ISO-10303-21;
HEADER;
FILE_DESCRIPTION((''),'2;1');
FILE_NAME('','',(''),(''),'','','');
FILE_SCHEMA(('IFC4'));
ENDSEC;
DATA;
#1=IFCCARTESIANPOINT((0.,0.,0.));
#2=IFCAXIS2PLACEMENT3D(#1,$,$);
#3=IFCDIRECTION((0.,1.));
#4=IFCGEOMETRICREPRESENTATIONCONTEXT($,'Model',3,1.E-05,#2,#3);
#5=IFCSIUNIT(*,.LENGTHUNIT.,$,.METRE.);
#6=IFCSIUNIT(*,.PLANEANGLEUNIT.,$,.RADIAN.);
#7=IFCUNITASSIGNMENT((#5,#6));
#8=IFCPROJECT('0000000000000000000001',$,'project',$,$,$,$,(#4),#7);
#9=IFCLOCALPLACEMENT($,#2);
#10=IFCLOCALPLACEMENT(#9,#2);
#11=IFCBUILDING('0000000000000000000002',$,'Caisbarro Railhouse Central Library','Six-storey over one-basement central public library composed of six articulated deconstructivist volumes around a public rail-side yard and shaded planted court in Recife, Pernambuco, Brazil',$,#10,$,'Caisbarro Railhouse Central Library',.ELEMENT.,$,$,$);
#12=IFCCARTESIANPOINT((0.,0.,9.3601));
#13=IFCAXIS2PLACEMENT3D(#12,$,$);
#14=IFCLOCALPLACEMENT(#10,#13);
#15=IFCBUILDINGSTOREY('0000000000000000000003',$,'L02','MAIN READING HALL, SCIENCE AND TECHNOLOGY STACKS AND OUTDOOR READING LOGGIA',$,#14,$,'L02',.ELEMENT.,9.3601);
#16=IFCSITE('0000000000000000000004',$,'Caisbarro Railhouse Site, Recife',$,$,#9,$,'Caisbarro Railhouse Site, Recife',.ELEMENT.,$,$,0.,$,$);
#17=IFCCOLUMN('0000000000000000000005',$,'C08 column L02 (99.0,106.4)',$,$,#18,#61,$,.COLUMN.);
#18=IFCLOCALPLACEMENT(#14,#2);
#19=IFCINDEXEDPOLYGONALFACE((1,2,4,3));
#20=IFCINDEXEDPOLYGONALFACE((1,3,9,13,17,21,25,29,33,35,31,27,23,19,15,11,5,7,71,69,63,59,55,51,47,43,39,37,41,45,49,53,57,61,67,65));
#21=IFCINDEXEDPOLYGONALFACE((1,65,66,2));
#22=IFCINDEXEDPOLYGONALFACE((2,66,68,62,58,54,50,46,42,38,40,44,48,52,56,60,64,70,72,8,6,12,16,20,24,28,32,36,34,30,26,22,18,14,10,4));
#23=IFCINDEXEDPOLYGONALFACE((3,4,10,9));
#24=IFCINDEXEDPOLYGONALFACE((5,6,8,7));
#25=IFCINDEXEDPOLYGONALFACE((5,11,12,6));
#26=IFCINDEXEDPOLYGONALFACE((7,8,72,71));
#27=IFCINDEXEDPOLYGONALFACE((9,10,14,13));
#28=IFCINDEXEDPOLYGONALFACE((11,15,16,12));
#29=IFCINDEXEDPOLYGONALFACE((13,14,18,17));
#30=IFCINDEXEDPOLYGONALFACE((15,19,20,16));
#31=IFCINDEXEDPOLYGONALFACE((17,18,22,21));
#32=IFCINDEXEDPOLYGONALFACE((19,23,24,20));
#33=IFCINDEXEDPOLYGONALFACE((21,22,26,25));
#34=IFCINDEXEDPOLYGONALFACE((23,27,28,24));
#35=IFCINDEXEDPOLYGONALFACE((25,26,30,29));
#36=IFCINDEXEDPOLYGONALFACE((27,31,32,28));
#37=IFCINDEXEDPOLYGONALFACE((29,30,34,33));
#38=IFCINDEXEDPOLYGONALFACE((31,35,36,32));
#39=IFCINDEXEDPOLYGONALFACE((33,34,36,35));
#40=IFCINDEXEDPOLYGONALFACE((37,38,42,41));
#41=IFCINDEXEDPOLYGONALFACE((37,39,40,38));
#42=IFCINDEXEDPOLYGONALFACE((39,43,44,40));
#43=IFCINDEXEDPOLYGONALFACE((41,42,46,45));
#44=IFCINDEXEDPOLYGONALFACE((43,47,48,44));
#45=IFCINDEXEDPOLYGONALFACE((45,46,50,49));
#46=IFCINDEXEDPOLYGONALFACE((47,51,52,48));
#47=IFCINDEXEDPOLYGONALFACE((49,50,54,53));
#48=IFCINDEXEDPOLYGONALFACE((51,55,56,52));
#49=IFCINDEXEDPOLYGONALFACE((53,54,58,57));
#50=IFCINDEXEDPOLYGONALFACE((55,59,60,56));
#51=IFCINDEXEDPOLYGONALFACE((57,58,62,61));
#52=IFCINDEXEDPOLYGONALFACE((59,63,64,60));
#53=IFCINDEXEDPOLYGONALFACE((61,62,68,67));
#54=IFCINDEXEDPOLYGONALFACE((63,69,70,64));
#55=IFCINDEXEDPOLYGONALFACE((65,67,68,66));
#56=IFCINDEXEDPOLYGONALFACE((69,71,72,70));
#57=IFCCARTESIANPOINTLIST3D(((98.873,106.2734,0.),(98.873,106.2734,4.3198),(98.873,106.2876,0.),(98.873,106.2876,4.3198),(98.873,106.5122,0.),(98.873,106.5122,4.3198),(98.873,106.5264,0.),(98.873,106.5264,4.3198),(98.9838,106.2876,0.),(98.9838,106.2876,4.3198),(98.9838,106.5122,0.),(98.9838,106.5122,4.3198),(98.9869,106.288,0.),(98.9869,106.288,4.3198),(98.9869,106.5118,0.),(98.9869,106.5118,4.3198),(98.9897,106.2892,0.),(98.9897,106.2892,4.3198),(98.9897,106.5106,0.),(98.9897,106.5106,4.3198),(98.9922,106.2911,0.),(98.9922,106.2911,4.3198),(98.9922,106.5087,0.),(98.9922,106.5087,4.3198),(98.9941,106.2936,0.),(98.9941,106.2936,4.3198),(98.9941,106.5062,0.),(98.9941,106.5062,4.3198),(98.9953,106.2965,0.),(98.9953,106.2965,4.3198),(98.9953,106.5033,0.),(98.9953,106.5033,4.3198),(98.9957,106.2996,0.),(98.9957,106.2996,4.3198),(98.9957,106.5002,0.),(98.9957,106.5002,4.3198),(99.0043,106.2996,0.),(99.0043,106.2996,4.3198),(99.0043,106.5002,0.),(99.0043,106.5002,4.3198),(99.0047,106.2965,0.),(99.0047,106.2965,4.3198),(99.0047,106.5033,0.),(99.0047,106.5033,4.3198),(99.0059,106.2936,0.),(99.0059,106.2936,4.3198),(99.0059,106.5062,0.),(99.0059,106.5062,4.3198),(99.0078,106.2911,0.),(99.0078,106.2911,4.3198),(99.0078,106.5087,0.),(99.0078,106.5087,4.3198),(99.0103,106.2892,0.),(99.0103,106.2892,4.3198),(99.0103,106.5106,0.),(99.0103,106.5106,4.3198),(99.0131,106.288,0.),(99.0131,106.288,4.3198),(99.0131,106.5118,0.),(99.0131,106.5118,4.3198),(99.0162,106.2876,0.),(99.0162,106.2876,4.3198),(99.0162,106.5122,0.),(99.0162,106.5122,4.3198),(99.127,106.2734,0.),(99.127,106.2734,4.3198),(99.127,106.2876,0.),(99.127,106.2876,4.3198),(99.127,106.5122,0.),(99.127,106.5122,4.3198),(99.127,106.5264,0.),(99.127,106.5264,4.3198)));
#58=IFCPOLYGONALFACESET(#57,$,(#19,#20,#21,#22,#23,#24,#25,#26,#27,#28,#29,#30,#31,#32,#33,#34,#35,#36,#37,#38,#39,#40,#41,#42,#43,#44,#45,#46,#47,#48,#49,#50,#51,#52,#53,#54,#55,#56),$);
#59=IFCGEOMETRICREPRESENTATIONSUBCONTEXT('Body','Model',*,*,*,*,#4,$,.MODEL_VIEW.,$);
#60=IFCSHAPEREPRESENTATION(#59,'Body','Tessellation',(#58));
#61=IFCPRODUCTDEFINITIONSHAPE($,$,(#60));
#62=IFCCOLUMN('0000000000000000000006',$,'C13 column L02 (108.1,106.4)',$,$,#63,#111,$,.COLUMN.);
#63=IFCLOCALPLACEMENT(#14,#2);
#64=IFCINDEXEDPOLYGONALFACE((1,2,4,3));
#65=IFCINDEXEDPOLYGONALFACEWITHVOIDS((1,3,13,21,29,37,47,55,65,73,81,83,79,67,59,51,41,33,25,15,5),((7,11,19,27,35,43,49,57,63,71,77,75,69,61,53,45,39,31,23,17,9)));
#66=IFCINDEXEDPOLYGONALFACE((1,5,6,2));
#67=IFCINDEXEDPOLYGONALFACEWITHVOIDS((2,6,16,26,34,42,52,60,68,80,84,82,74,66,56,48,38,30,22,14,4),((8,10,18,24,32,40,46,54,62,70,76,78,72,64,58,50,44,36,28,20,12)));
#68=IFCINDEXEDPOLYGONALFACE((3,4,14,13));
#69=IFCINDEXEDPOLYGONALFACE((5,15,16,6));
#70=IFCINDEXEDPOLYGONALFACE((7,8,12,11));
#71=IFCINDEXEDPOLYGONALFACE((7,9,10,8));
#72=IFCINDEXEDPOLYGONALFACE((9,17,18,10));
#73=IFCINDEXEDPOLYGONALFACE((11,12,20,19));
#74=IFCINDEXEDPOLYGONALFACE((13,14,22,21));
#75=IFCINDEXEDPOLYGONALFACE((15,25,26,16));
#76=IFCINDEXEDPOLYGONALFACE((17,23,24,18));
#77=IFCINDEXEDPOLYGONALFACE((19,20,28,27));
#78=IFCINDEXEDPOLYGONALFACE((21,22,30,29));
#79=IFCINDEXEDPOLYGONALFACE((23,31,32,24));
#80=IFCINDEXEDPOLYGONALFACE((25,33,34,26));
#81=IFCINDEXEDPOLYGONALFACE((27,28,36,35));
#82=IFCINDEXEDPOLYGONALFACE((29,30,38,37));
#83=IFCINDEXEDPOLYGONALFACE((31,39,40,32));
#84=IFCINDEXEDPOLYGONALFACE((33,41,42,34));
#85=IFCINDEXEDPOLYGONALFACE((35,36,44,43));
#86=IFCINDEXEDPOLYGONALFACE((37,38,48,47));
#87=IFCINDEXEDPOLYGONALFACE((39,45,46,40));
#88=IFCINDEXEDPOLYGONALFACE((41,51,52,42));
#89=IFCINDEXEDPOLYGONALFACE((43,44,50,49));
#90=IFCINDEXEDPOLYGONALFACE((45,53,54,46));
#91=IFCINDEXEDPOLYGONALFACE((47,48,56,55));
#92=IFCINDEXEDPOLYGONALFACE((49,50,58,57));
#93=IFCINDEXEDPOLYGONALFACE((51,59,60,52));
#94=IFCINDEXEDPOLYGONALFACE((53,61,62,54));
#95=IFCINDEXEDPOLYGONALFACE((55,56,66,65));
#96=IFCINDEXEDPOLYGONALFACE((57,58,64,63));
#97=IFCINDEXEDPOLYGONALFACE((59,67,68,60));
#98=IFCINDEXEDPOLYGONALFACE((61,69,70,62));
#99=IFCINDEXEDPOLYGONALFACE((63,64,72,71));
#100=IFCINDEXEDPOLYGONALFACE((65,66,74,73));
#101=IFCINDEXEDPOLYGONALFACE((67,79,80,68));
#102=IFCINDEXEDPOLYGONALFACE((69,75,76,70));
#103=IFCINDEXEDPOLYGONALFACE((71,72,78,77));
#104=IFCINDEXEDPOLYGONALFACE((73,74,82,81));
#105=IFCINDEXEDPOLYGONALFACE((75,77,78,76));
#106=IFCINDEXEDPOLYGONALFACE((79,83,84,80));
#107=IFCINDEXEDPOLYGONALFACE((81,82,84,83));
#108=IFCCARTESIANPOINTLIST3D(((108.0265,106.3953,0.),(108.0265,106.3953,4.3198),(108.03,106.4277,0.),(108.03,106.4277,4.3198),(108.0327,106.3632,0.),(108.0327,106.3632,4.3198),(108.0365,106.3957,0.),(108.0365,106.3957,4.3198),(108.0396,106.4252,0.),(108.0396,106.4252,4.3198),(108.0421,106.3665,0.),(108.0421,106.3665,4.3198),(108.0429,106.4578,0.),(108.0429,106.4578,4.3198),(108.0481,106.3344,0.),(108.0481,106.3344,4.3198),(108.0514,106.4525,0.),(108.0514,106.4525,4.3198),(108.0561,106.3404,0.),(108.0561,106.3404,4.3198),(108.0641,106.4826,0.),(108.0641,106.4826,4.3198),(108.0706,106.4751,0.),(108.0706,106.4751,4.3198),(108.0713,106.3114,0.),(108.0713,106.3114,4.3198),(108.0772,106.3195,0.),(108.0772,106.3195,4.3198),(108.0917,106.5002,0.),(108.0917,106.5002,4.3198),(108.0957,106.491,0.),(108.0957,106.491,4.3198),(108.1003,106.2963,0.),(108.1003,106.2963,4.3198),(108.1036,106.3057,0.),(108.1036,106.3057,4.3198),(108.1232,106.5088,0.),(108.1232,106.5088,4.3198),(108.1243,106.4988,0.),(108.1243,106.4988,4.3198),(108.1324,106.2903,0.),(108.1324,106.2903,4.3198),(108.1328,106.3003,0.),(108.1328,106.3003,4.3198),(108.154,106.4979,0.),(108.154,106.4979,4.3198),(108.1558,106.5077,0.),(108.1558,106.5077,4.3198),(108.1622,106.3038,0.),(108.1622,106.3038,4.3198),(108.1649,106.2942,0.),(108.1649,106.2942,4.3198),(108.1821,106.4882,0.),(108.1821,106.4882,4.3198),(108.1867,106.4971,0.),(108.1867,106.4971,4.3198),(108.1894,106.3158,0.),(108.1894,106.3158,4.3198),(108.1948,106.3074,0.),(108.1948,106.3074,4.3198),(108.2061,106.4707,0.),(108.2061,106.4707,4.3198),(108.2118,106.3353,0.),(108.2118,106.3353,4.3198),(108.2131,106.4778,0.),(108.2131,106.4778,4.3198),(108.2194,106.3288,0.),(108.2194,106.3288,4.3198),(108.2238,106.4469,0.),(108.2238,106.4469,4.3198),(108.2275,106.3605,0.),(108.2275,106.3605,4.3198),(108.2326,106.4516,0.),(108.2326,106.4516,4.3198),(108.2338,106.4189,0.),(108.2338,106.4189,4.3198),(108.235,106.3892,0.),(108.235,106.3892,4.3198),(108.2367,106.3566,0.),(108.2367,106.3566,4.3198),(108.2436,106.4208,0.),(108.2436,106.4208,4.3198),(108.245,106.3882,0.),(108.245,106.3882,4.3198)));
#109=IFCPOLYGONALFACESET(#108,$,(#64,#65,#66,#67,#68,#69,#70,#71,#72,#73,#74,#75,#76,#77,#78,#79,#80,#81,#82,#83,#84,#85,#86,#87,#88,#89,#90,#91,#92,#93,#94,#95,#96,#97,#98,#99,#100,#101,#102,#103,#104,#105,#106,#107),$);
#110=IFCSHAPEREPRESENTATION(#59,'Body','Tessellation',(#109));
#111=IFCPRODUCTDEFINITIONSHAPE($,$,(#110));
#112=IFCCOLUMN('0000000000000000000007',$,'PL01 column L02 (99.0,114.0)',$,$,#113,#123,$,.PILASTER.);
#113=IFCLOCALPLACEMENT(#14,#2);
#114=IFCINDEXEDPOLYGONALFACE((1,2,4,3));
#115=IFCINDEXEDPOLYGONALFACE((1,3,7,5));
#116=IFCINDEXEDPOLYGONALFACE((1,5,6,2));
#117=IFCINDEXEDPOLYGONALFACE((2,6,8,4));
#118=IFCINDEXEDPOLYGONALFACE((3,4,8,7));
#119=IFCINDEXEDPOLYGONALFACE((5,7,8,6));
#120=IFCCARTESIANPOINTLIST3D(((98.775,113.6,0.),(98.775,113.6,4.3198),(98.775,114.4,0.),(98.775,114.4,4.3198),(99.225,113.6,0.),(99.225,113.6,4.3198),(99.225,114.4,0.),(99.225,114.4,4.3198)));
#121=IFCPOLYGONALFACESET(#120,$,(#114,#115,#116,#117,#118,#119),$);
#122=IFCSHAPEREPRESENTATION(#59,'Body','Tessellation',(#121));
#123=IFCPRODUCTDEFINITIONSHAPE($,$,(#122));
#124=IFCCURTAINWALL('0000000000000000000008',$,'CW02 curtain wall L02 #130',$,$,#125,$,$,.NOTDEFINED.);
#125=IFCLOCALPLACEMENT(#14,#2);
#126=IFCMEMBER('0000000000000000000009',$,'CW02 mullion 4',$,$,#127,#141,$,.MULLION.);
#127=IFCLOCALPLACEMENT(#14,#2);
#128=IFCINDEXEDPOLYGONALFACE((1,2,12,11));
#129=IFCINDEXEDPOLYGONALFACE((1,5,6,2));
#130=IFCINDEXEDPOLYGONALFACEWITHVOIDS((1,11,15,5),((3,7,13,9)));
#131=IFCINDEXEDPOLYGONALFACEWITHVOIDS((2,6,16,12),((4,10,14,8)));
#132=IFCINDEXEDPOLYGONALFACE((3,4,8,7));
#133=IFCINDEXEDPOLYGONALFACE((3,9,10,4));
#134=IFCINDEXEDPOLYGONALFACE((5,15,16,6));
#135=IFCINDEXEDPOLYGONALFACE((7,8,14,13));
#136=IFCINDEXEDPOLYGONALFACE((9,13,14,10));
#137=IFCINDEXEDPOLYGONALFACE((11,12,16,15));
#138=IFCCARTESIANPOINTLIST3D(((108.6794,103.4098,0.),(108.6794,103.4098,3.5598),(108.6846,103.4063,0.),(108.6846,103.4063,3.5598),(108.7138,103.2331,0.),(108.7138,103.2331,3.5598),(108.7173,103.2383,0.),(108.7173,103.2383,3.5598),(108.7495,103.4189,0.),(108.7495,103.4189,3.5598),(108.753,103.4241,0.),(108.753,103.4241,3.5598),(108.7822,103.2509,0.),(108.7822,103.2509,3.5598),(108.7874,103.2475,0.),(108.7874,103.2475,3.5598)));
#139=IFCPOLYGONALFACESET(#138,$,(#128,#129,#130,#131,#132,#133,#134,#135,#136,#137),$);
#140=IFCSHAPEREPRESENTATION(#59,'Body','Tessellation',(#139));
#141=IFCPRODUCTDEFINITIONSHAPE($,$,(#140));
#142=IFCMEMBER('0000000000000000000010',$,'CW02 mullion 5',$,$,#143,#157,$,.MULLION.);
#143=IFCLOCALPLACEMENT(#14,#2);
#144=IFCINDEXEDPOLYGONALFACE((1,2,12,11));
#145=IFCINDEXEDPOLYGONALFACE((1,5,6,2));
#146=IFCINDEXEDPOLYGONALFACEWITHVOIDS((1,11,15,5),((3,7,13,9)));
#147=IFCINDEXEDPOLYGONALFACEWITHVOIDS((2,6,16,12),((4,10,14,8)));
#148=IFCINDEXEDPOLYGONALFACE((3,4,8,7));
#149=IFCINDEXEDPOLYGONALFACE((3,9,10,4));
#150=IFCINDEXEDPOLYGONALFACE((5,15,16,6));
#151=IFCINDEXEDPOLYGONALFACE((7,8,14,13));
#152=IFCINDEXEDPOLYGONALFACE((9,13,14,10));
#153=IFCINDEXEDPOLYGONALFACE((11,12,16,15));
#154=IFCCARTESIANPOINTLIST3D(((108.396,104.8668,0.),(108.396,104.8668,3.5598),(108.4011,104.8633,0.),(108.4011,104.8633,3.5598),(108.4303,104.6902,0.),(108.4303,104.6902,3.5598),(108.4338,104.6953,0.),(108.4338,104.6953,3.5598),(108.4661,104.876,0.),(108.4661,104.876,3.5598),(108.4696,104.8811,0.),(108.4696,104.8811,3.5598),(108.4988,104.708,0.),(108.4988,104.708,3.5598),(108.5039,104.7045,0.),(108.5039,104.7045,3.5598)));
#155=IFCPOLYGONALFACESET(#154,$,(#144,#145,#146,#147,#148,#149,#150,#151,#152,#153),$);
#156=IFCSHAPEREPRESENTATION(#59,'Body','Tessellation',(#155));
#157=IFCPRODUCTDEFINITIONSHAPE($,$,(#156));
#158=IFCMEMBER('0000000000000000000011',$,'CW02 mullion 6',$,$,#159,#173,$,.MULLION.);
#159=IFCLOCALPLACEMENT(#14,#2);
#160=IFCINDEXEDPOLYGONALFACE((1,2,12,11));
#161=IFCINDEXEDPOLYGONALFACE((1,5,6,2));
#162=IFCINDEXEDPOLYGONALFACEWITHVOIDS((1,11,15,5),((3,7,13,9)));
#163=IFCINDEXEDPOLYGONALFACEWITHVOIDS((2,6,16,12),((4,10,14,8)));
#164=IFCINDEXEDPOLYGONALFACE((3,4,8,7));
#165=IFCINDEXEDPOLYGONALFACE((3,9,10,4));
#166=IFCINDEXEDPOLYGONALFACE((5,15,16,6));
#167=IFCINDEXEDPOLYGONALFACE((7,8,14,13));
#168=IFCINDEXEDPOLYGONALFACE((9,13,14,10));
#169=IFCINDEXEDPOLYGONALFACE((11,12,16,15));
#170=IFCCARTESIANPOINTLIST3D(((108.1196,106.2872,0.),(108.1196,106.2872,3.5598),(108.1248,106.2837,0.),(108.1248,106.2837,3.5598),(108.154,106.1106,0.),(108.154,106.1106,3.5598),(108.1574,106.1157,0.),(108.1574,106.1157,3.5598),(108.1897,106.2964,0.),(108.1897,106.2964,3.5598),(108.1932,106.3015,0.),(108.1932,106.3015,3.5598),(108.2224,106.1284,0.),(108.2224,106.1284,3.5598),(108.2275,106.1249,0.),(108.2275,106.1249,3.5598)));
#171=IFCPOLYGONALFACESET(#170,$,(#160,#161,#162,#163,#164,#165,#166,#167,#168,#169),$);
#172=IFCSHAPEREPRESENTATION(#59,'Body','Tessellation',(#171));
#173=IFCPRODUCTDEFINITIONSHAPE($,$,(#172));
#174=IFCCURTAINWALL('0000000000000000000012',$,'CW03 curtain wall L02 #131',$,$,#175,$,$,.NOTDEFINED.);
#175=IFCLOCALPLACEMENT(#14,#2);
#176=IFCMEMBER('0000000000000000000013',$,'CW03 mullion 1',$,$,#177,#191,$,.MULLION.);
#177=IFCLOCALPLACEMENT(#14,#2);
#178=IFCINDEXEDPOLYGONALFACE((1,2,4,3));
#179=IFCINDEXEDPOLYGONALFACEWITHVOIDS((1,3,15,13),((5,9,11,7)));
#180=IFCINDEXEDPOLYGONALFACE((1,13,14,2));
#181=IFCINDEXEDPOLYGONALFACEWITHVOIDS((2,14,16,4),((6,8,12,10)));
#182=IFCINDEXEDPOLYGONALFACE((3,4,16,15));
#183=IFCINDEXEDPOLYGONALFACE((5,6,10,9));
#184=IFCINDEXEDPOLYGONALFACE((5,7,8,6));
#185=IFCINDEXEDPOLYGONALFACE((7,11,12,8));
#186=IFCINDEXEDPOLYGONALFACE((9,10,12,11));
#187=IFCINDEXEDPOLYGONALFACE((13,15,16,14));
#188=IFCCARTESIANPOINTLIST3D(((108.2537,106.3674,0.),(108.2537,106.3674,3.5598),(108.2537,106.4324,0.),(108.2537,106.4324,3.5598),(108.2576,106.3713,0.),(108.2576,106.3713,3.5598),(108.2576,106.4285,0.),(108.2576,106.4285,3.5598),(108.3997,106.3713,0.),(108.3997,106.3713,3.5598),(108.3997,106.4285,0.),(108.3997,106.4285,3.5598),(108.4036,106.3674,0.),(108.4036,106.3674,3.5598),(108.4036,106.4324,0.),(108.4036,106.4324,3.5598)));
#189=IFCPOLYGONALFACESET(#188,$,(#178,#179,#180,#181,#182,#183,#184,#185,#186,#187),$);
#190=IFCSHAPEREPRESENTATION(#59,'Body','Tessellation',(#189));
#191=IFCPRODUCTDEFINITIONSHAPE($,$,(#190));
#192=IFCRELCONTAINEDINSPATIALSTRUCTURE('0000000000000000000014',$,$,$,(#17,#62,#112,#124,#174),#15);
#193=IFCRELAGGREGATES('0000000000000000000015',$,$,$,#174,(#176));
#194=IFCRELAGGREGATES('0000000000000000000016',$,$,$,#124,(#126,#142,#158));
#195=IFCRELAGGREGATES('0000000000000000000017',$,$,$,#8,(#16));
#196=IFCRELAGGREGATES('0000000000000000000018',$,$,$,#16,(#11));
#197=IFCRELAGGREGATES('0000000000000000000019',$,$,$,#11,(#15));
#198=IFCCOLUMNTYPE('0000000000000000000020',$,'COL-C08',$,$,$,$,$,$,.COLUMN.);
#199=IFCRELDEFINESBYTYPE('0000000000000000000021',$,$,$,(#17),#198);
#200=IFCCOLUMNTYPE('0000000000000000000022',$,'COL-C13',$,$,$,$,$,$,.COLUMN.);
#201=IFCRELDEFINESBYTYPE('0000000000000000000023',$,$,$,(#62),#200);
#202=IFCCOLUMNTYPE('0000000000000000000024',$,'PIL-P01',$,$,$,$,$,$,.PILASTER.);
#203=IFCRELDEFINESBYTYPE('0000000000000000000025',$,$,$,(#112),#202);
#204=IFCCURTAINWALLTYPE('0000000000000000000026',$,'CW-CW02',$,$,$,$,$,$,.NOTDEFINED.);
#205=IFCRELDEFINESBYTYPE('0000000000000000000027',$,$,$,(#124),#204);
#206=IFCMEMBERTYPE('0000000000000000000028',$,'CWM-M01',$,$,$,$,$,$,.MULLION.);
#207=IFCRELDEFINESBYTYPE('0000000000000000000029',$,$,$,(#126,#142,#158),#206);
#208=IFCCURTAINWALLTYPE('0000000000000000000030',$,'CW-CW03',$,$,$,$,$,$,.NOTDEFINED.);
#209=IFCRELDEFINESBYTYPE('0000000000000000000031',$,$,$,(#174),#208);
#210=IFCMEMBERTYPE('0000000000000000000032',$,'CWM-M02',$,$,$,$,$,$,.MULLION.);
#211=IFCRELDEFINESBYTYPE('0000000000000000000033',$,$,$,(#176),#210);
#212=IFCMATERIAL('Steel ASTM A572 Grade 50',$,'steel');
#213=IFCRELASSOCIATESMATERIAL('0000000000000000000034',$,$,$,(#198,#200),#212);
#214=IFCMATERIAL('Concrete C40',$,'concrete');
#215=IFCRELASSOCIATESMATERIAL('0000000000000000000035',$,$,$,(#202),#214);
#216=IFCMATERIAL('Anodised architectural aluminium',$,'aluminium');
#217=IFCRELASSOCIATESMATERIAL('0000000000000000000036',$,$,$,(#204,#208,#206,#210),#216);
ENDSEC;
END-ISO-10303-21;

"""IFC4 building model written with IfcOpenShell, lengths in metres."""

from ifc_helpers import new_model, si_unit, direction, frame, origin, origin_2d, place, context, subcontext, project, spatial, rectangle, hollow_rectangle, hollow_circle, i_section, extrude, material, material_profile, profile_set, type_object, element, aggregate, save


model = new_model("IFC4")

# Units and contexts
model_context = context("Model", 3, precision=1e-05, world=origin(), true_north=direction((0.0, 1.0)))
body_context = subcontext(model_context, "Body", "Model", "MODEL_VIEW")
ifc_project = project(units=[si_unit("LENGTHUNIT", "METRE"), si_unit("PLANEANGLEUNIT", "RADIAN")], contexts=[model_context])

# Site, building, storey
site_placement = place(None, origin())
site = spatial("IfcSite", under=ifc_project, at=site_placement, Name="Caisbarro Railhouse Site, Recife", LongName="Caisbarro Railhouse Site, Recife", CompositionType="ELEMENT", RefElevation=0.0)
building_placement = place(site_placement, origin())
building = spatial("IfcBuilding", under=site, at=building_placement, Name="Caisbarro Railhouse Central Library", Description="Six-storey over one-basement central public library composed of six articulated deconstructivist volumes around a public rail-side yard and shaded planted court in Recife, Pernambuco, Brazil", LongName="Caisbarro Railhouse Central Library", CompositionType="ELEMENT")
storey_placement = place(building_placement, frame((0.0, 0.0, 9.3601)))
storey = spatial("IfcBuildingStorey", under=building, at=storey_placement, Name="L02", Description="MAIN READING HALL, SCIENCE AND TECHNOLOGY STACKS AND OUTDOOR READING LOGGIA", LongName="L02", CompositionType="ELEMENT", Elevation=9.3601)

# Columns
ifc_material_1 = material(Name="Steel ASTM A572 Grade 50", Category="steel")
ifc_material_profile_1 = material_profile(ifc_material_1, i_section(OverallWidth=0.2539, OverallDepth=0.2529, WebThickness=0.0085, FlangeThickness=0.0142, FilletRadius=0.012, at=origin_2d()), Name="W250X73.0")
ifc_profile_set_1 = profile_set([ifc_material_profile_1], Name="Steel ASTM A572 Grade 50")
column_type_1 = type_object("IfcColumnType", Name="COL-C08", PredefinedType="COLUMN", material=ifc_profile_set_1)
column_1_placement = place(storey_placement, frame((99.0, 106.3999, 0.0), z_axis=(0.0, 0.0, 1.0), x_axis=(1.0, 0.0, 0.0)))
element("IfcColumn", 1, at=column_1_placement, inside=storey, type_object=column_type_1, Name="C08 column L02 (99.0,106.4)", PredefinedType="COLUMN", context=body_context, shape_type="SweptSolid", body=[
    extrude(i_section(OverallWidth=0.2539, OverallDepth=0.2529, WebThickness=0.0085, FlangeThickness=0.0142, FilletRadius=0.012, at=origin_2d()), origin(), (0.0, 0.0, 1.0), 4.3198),
])
ifc_material_profile_2 = material_profile(ifc_material_1, hollow_circle(Radius=0.1096, WallThickness=0.01, at=origin_2d()), Name="CHS219.1X10")
ifc_profile_set_2 = profile_set([ifc_material_profile_2], Name="Steel ASTM A572 Grade 50")
column_type_2 = type_object("IfcColumnType", Name="COL-C13", PredefinedType="COLUMN", material=ifc_profile_set_2)
column_2_placement = place(storey_placement, frame((108.136, 106.3999, 0.0), z_axis=(0.0, 0.0, 1.0), x_axis=(0.981627, 0.190809, 0.0)))
element("IfcColumn", 2, at=column_2_placement, inside=storey, type_object=column_type_2, Name="C13 column L02 (108.1,106.4)", PredefinedType="COLUMN", context=body_context, shape_type="SweptSolid", body=[
    extrude(hollow_circle(Radius=0.1096, WallThickness=0.01, at=origin_2d()), origin(), (0.0, 0.0, 1.0), 4.3198),
])
ifc_material_2 = material(Name="Concrete C40", Category="concrete")
ifc_material_profile_3 = material_profile(ifc_material_2, rectangle(XDim=0.45, YDim=0.8, at=origin_2d()), Name="RC-PIL-450X800")
ifc_profile_set_3 = profile_set([ifc_material_profile_3], Name="Concrete C40")
column_type_3 = type_object("IfcColumnType", Name="PIL-P01", PredefinedType="PILASTER", material=ifc_profile_set_3)
column_3_placement = place(storey_placement, frame((99.0, 114.0, 0.0), z_axis=(0.0, 0.0, 1.0), x_axis=(1.0, 0.0, 0.0)))
element("IfcColumn", 3, at=column_3_placement, inside=storey, type_object=column_type_3, Name="PL01 column L02 (99.0,114.0)", PredefinedType="PILASTER", context=body_context, shape_type="SweptSolid", body=[
    extrude(rectangle(XDim=0.45, YDim=0.8, at=origin_2d()), origin(), (0.0, 0.0, 1.0), 4.3198),
])

# Curtain wall, members
ifc_material_3 = material(Name="Anodised architectural aluminium", Category="aluminium")
curtain_wall_type_1 = type_object("IfcCurtainWallType", Name="CW-CW02", PredefinedType="NOTDEFINED", material=ifc_material_3)
curtain_wall_1_placement = place(storey_placement, origin())
curtain_wall_1 = element("IfcCurtainWall", 4, at=curtain_wall_1_placement, inside=storey, type_object=curtain_wall_type_1, Name="CW02 curtain wall L02 #130", PredefinedType="NOTDEFINED")
ifc_material_profile_4 = material_profile(ifc_material_3, hollow_rectangle(XDim=0.075, YDim=0.1799, WallThickness=0.0044, at=origin_2d()), Name="ALU-MUL-75X180")
ifc_profile_set_4 = profile_set([ifc_material_profile_4], Name="Anodised architectural aluminium")
member_type_1 = type_object("IfcMemberType", Name="CWM-M01", PredefinedType="MULLION", material=ifc_profile_set_4)
member_1_placement = place(storey_placement, frame((108.7334, 103.3286, 0.0), z_axis=(0.0, 0.0, 1.0), x_axis=(-0.981607, -0.190911, 0.0)))
member_1 = element("IfcMember", 5, at=member_1_placement, type_object=member_type_1, Name="CW02 mullion 4", PredefinedType="MULLION", context=body_context, shape_type="SweptSolid", body=[
    extrude(hollow_rectangle(XDim=0.075, YDim=0.1799, WallThickness=0.0044, at=origin_2d()), origin(), (0.0, 0.0, 1.0), 3.5598),
])
member_2_placement = place(storey_placement, frame((108.45, 104.7856, 0.0), z_axis=(0.0, 0.0, 1.0), x_axis=(-0.981607, -0.190911, 0.0)))
member_2 = element("IfcMember", 6, at=member_2_placement, type_object=member_type_1, Name="CW02 mullion 5", PredefinedType="MULLION", context=body_context, shape_type="SweptSolid", body=[
    extrude(hollow_rectangle(XDim=0.075, YDim=0.1799, WallThickness=0.0044, at=origin_2d()), origin(), (0.0, 0.0, 1.0), 3.5598),
])
member_3_placement = place(storey_placement, frame((108.1736, 106.2061, 0.0), z_axis=(0.0, 0.0, 1.0), x_axis=(-0.981607, -0.190911, 0.0)))
member_3 = element("IfcMember", 7, at=member_3_placement, type_object=member_type_1, Name="CW02 mullion 6", PredefinedType="MULLION", context=body_context, shape_type="SweptSolid", body=[
    extrude(hollow_rectangle(XDim=0.075, YDim=0.1799, WallThickness=0.0044, at=origin_2d()), origin(), (0.0, 0.0, 1.0), 3.5598),
])

# Curtain wall, member
curtain_wall_type_2 = type_object("IfcCurtainWallType", Name="CW-CW03", PredefinedType="NOTDEFINED", material=ifc_material_3)
curtain_wall_2_placement = place(storey_placement, origin())
curtain_wall_2 = element("IfcCurtainWall", 8, at=curtain_wall_2_placement, inside=storey, type_object=curtain_wall_type_2, Name="CW03 curtain wall L02 #131", PredefinedType="NOTDEFINED")
ifc_material_profile_5 = material_profile(ifc_material_3, hollow_rectangle(XDim=0.0649, YDim=0.1499, WallThickness=0.0039, at=origin_2d()), Name="ALU-MUL-65X150")
ifc_profile_set_5 = profile_set([ifc_material_profile_5], Name="Anodised architectural aluminium")
member_type_2 = type_object("IfcMemberType", Name="CWM-M02", PredefinedType="MULLION", material=ifc_profile_set_5)
member_4_placement = place(storey_placement, frame((108.3286, 106.3999, 0.0), z_axis=(0.0, 0.0, 1.0), x_axis=(0.0, 1.0, 0.0)))
member_4 = element("IfcMember", 9, at=member_4_placement, type_object=member_type_2, Name="CW03 mullion 1", PredefinedType="MULLION", context=body_context, shape_type="SweptSolid", body=[
    extrude(hollow_rectangle(XDim=0.0649, YDim=0.1499, WallThickness=0.0039, at=origin_2d()), origin(), (0.0, 0.0, 1.0), 3.5598),
])

aggregate(curtain_wall_2, [member_4])
aggregate(curtain_wall_1, [member_1, member_2, member_3])

save(model, "model.ifc")
